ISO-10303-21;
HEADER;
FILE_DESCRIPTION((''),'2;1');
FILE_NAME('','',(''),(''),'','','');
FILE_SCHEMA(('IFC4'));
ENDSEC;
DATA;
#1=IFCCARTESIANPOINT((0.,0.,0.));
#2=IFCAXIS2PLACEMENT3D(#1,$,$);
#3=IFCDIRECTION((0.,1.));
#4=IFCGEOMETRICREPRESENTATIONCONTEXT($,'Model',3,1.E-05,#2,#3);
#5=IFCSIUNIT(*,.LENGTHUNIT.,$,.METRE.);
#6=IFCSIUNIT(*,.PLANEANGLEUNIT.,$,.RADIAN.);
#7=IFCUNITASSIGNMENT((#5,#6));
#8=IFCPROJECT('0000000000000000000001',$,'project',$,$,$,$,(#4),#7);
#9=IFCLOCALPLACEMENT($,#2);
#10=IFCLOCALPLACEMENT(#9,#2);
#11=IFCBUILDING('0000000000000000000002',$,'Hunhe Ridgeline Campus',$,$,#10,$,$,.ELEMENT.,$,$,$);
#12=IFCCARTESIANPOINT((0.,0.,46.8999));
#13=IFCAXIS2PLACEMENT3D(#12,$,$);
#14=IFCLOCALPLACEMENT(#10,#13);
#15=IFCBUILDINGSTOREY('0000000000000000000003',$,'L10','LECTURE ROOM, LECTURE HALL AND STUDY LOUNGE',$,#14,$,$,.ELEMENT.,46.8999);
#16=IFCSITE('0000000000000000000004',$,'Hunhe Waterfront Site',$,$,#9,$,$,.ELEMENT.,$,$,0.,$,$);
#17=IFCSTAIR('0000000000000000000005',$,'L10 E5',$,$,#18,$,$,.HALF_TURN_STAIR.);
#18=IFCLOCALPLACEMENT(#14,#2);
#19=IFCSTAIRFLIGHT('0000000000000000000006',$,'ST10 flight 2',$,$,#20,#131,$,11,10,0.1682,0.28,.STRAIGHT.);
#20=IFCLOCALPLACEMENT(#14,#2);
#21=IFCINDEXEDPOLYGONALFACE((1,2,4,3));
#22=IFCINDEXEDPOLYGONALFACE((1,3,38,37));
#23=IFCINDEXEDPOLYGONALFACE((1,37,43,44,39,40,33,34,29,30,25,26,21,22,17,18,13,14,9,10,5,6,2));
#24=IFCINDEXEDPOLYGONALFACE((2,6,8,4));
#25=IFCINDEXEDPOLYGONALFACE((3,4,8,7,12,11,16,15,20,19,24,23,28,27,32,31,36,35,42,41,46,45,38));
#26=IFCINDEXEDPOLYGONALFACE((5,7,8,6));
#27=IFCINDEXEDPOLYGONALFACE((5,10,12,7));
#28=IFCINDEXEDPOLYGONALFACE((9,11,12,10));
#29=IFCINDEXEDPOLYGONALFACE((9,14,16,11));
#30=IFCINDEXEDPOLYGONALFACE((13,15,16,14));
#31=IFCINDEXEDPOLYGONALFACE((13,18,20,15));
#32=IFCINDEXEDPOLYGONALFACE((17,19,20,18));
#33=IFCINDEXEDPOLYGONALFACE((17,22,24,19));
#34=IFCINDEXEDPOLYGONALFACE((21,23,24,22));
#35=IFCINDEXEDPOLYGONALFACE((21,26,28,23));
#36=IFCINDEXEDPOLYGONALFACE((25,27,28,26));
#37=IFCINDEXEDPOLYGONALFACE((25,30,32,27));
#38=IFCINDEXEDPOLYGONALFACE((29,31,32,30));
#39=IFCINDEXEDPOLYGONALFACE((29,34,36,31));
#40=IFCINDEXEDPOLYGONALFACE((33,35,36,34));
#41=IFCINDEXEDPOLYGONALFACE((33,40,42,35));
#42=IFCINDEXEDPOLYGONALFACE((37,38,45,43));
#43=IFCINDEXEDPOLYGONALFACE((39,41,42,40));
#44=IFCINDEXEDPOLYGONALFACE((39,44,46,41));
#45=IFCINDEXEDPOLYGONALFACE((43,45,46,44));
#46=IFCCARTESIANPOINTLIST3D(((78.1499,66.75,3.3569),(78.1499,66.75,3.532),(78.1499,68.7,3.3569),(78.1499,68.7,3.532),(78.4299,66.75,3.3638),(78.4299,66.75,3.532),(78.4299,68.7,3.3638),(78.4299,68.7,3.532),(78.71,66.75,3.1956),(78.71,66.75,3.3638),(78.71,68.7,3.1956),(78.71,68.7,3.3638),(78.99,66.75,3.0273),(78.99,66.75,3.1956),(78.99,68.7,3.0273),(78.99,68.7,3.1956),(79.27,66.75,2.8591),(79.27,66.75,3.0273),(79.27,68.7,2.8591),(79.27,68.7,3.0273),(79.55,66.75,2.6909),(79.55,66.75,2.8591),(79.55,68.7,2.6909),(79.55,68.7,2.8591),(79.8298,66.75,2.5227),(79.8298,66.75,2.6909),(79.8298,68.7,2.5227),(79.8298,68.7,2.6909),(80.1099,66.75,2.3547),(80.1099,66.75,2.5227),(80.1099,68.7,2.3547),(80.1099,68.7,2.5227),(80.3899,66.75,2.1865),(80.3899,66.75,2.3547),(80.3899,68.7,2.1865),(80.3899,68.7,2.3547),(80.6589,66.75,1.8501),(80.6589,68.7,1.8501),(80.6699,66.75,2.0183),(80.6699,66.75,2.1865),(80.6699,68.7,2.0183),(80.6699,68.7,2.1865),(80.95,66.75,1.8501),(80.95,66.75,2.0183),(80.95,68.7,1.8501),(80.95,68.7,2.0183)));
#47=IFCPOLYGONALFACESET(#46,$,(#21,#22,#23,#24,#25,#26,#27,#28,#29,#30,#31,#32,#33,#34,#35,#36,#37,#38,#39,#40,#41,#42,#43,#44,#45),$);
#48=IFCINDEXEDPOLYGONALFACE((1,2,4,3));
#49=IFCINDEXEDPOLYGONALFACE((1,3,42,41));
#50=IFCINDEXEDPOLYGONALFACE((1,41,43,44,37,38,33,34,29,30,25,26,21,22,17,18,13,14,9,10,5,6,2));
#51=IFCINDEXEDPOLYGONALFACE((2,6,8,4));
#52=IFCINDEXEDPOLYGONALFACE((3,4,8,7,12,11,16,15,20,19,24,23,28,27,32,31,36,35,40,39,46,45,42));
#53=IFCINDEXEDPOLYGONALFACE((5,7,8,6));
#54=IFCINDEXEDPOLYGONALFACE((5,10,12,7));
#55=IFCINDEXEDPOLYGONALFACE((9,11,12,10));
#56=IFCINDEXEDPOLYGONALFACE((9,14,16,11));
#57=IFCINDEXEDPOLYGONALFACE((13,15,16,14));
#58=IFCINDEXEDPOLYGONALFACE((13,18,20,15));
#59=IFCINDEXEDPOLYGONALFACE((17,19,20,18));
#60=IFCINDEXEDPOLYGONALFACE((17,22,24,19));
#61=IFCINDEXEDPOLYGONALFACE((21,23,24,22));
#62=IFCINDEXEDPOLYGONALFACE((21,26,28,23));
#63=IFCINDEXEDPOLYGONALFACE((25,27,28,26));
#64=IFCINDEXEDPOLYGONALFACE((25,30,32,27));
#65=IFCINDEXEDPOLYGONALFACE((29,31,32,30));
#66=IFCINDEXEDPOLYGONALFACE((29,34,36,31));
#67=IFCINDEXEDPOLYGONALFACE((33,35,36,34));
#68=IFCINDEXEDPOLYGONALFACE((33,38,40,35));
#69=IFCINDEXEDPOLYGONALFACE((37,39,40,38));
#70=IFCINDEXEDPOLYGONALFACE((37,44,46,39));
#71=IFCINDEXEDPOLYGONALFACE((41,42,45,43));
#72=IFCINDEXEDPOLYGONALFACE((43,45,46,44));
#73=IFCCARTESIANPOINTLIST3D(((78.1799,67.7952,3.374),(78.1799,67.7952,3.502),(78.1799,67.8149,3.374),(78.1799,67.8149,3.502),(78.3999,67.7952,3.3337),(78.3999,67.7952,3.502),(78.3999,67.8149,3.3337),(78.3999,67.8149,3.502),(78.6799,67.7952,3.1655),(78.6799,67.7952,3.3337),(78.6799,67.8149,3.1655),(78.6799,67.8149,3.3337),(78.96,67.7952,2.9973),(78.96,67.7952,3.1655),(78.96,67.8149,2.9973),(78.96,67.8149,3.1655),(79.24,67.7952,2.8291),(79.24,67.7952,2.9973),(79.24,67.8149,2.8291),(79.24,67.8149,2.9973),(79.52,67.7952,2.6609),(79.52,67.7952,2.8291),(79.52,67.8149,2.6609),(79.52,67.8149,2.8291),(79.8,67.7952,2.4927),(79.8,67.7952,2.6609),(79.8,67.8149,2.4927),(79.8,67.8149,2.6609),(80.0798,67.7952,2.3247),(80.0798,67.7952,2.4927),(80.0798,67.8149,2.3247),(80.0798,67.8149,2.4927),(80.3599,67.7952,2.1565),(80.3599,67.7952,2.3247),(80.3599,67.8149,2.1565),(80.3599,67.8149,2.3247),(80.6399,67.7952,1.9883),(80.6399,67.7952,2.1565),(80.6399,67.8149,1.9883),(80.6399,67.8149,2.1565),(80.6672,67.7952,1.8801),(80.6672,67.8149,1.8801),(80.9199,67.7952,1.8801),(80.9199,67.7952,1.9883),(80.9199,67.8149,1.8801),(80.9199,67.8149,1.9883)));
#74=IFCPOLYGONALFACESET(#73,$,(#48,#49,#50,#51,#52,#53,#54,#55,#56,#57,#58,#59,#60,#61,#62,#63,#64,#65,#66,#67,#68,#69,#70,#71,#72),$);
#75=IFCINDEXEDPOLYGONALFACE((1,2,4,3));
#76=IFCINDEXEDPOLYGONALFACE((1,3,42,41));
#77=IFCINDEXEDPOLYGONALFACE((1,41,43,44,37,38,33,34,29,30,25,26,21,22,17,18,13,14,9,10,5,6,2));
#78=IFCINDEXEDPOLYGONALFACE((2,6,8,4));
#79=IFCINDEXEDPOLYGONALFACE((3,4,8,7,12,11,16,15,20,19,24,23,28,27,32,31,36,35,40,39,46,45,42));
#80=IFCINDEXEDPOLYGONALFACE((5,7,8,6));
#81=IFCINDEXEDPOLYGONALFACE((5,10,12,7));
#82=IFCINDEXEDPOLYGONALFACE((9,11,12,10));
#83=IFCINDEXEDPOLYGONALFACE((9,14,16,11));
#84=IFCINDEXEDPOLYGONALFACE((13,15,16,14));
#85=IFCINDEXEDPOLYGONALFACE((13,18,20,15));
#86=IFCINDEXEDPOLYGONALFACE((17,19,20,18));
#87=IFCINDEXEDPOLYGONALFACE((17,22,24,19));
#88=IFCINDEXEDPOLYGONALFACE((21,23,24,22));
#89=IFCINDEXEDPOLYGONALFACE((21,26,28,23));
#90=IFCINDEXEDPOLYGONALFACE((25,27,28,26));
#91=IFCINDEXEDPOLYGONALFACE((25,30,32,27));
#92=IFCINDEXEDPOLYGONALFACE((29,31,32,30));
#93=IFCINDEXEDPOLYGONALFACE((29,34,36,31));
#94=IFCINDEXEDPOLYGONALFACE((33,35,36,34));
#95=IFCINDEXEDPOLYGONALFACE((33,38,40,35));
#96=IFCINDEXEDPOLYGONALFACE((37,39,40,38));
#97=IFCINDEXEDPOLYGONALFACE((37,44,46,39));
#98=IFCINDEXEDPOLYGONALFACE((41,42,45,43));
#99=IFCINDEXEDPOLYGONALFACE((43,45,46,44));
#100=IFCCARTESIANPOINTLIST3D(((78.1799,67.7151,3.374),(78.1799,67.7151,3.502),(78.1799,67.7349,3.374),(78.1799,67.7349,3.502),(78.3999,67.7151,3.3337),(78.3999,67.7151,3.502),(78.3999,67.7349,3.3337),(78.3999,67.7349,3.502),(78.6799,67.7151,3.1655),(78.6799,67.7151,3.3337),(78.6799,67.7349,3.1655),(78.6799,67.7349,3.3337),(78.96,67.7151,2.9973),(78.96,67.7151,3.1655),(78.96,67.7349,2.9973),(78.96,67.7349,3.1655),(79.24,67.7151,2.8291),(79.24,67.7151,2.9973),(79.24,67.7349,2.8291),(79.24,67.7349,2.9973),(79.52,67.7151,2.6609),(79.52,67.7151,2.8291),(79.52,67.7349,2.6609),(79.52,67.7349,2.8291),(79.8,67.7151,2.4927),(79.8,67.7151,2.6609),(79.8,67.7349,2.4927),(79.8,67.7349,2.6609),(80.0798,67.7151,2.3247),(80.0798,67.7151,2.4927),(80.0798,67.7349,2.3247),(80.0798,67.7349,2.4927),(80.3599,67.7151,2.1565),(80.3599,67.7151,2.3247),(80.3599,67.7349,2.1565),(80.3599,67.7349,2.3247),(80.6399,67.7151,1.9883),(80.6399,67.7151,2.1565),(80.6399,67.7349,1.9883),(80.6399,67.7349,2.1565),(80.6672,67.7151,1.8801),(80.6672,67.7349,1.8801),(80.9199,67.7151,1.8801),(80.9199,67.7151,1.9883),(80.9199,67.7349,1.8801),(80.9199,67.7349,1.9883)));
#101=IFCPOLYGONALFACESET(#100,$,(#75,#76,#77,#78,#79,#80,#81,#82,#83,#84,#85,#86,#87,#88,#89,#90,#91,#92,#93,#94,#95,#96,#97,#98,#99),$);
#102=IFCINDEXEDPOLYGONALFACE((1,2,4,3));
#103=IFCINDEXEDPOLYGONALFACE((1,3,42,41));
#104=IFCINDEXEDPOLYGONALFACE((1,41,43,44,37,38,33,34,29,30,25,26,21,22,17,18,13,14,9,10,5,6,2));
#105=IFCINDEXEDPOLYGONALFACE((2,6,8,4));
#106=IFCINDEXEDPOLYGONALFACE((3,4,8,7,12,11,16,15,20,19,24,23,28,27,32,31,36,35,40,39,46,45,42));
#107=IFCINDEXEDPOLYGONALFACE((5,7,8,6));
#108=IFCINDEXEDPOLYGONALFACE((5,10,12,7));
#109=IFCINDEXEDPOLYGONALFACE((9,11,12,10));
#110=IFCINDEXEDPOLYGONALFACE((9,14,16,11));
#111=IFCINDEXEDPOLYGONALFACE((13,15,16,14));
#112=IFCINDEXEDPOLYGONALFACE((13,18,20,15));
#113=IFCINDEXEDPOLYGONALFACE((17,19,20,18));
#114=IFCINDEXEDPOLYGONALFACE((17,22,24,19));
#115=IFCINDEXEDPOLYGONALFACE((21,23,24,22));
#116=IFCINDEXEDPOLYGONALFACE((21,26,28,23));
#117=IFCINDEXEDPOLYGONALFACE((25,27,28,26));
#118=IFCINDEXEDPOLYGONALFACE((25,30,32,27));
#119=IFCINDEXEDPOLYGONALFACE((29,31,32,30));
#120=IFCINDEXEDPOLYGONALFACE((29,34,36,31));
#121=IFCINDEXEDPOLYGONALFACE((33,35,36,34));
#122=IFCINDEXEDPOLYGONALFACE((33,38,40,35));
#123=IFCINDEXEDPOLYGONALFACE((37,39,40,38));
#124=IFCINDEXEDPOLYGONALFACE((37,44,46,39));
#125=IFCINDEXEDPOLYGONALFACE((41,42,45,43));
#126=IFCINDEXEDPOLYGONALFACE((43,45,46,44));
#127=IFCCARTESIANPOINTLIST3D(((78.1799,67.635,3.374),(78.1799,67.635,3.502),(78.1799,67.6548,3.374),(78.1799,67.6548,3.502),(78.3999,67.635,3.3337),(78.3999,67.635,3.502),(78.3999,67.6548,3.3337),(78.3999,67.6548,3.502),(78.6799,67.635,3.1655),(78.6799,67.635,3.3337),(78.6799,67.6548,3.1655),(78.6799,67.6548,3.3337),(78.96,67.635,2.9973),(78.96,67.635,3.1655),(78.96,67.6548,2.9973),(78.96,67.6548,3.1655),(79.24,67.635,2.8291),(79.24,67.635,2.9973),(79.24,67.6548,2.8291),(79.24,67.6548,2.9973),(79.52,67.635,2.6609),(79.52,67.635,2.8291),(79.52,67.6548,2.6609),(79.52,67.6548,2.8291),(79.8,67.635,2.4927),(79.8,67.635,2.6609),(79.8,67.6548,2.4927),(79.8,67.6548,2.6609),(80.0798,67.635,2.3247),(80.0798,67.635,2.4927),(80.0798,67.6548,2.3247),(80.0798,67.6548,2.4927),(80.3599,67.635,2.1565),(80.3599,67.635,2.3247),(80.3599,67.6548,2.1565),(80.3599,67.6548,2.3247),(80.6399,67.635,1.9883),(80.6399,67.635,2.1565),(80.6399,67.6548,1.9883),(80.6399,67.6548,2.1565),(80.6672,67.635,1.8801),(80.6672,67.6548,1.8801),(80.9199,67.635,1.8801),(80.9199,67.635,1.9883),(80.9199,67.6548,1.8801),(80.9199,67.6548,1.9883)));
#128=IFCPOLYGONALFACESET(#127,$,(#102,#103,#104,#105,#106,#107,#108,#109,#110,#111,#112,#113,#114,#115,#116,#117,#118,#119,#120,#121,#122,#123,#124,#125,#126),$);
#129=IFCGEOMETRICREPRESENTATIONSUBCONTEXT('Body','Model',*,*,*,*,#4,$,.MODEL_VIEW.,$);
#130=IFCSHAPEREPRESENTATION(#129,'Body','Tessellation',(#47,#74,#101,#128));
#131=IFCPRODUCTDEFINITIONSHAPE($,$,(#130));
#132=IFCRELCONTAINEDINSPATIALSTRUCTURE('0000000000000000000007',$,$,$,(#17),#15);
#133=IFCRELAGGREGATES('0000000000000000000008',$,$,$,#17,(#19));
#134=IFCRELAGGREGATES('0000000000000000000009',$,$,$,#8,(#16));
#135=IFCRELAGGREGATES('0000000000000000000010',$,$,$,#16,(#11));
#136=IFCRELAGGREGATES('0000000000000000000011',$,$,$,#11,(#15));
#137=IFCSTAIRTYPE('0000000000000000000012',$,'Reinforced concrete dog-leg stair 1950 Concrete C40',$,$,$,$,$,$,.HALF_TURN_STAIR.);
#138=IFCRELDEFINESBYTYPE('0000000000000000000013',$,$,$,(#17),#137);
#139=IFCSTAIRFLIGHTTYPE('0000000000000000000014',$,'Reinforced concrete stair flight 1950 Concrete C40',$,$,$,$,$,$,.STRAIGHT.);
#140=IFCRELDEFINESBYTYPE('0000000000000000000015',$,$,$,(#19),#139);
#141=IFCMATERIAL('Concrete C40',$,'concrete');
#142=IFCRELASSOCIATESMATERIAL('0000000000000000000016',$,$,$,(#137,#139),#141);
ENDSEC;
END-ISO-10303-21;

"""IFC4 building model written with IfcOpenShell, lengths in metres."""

from ifc_helpers import new_model, si_unit, direction, frame, origin, place, context, subcontext, project, spatial, polyline, outline, extrude, material, type_object, element, aggregate, save


model = new_model("IFC4")

# Units and contexts
model_context = context("Model", 3, precision=1e-05, world=origin(), true_north=direction((0.0, 1.0)))
body_context = subcontext(model_context, "Body", "Model", "MODEL_VIEW")
ifc_project = project(units=[si_unit("LENGTHUNIT", "METRE"), si_unit("PLANEANGLEUNIT", "RADIAN")], contexts=[model_context])

# Site, building, storey
site_placement = place(None, origin())
site = spatial("IfcSite", under=ifc_project, at=site_placement, Name="Hunhe Waterfront Site", CompositionType="ELEMENT", RefElevation=0.0)
building_placement = place(site_placement, origin())
building = spatial("IfcBuilding", under=site, at=building_placement, Name="Hunhe Ridgeline Campus", CompositionType="ELEMENT")
storey_placement = place(building_placement, frame((0.0, 0.0, 46.8999)))
storey = spatial("IfcBuildingStorey", under=building, at=storey_placement, Name="L10", Description="LECTURE ROOM, LECTURE HALL AND STUDY LOUNGE", CompositionType="ELEMENT", Elevation=46.8999)

# Stair, stair flight
ifc_material_1 = material(Name="Concrete C40", Category="concrete")
stair_type = type_object("IfcStairType", Name="Reinforced concrete dog-leg stair 1950 Concrete C40", PredefinedType="HALF_TURN_STAIR", material=ifc_material_1)
stair_placement = place(storey_placement, origin())
stair = element("IfcStair", 1, at=stair_placement, inside=storey, type_object=stair_type, Name="L10 E5", PredefinedType="HALF_TURN_STAIR")
stair_flight_type = type_object("IfcStairFlightType", Name="Reinforced concrete stair flight 1950 Concrete C40", PredefinedType="STRAIGHT", material=ifc_material_1)
stair_flight_1_placement = place(storey_placement, frame((80.95, 67.7251, 1.8501), z_axis=(0.0, 0.0, 1.0), x_axis=(-1.0, 0.0, 0.0)))
stair_flight_1 = element("IfcStairFlight", 2, at=stair_flight_1_placement, type_object=stair_flight_type, Name="ST10 flight 2", NumberOfRisers=11, NumberOfTreads=10, PredefinedType="STRAIGHT", RiserHeight=0.1682, TreadLength=0.28, context=body_context, shape_type="SweptSolid", body=[
    extrude(outline(polyline([(0.0, 0.0), (0.0, 0.1682), (0.28, 0.1682), (0.28, 0.3364), (0.5601, 0.3364), (0.5601, 0.5046), (0.8401, 0.5046), (0.8401, 0.6726), (1.1201, 0.6726), (1.1201, 0.8408), (1.3999, 0.8408), (1.3999, 1.009), (1.6799, 1.009), (1.6799, 1.1772), (1.96, 1.1772), (1.96, 1.3455), (2.24, 1.3455), (2.24, 1.5137), (2.52, 1.5137), (2.52, 1.6819), (2.8, 1.6819), (2.8, 1.8501), (2.8, 1.5068), (0.291, 0.0), (0.0, 0.0)])), frame((0.0, 0.9751, 0.0), z_axis=(0.0, -1.0, 0.0), x_axis=(1.0, 0.0, 0.0)), (0.0, 0.0, 1.0), 1.95),
    extrude(outline(polyline([(0.03, 0.03), (0.03, 0.1382), (0.3101, 0.1382), (0.3101, 0.3064), (0.5901, 0.3064), (0.5901, 0.4746), (0.8701, 0.4746), (0.8701, 0.6426), (1.1499, 0.6426), (1.1499, 0.8108), (1.4299, 0.8108), (1.4299, 0.979), (1.71, 0.979), (1.71, 1.1472), (1.99, 1.1472), (1.99, 1.3154), (2.27, 1.3154), (2.27, 1.4836), (2.55, 1.4836), (2.55, 1.6519), (2.77, 1.6519), (2.77, 1.5239), (0.2827, 0.03), (0.03, 0.03)])), frame((0.0, -0.0701, 0.0), z_axis=(0.0, -1.0, 0.0), x_axis=(1.0, 0.0, 0.0)), (0.0, 0.0, 1.0), 0.0198),
    extrude(outline(polyline([(0.03, 0.03), (0.03, 0.1382), (0.3101, 0.1382), (0.3101, 0.3064), (0.5901, 0.3064), (0.5901, 0.4746), (0.8701, 0.4746), (0.8701, 0.6426), (1.1499, 0.6426), (1.1499, 0.8108), (1.4299, 0.8108), (1.4299, 0.979), (1.71, 0.979), (1.71, 1.1472), (1.99, 1.1472), (1.99, 1.3154), (2.27, 1.3154), (2.27, 1.4836), (2.55, 1.4836), (2.55, 1.6519), (2.77, 1.6519), (2.77, 1.5239), (0.2827, 0.03), (0.03, 0.03)])), frame((0.0, 0.01, 0.0), z_axis=(0.0, -1.0, 0.0), x_axis=(1.0, 0.0, 0.0)), (0.0, 0.0, 1.0), 0.0198),
    extrude(outline(polyline([(0.03, 0.03), (0.03, 0.1382), (0.3101, 0.1382), (0.3101, 0.3064), (0.5901, 0.3064), (0.5901, 0.4746), (0.8701, 0.4746), (0.8701, 0.6426), (1.1499, 0.6426), (1.1499, 0.8108), (1.4299, 0.8108), (1.4299, 0.979), (1.71, 0.979), (1.71, 1.1472), (1.99, 1.1472), (1.99, 1.3154), (2.27, 1.3154), (2.27, 1.4836), (2.55, 1.4836), (2.55, 1.6519), (2.77, 1.6519), (2.77, 1.5239), (0.2827, 0.03), (0.03, 0.03)])), frame((0.0, 0.0901, 0.0), z_axis=(0.0, -1.0, 0.0), x_axis=(1.0, 0.0, 0.0)), (0.0, 0.0, 1.0), 0.0198),
])
aggregate(stair, [stair_flight_1])

save(model, "model.ifc")
